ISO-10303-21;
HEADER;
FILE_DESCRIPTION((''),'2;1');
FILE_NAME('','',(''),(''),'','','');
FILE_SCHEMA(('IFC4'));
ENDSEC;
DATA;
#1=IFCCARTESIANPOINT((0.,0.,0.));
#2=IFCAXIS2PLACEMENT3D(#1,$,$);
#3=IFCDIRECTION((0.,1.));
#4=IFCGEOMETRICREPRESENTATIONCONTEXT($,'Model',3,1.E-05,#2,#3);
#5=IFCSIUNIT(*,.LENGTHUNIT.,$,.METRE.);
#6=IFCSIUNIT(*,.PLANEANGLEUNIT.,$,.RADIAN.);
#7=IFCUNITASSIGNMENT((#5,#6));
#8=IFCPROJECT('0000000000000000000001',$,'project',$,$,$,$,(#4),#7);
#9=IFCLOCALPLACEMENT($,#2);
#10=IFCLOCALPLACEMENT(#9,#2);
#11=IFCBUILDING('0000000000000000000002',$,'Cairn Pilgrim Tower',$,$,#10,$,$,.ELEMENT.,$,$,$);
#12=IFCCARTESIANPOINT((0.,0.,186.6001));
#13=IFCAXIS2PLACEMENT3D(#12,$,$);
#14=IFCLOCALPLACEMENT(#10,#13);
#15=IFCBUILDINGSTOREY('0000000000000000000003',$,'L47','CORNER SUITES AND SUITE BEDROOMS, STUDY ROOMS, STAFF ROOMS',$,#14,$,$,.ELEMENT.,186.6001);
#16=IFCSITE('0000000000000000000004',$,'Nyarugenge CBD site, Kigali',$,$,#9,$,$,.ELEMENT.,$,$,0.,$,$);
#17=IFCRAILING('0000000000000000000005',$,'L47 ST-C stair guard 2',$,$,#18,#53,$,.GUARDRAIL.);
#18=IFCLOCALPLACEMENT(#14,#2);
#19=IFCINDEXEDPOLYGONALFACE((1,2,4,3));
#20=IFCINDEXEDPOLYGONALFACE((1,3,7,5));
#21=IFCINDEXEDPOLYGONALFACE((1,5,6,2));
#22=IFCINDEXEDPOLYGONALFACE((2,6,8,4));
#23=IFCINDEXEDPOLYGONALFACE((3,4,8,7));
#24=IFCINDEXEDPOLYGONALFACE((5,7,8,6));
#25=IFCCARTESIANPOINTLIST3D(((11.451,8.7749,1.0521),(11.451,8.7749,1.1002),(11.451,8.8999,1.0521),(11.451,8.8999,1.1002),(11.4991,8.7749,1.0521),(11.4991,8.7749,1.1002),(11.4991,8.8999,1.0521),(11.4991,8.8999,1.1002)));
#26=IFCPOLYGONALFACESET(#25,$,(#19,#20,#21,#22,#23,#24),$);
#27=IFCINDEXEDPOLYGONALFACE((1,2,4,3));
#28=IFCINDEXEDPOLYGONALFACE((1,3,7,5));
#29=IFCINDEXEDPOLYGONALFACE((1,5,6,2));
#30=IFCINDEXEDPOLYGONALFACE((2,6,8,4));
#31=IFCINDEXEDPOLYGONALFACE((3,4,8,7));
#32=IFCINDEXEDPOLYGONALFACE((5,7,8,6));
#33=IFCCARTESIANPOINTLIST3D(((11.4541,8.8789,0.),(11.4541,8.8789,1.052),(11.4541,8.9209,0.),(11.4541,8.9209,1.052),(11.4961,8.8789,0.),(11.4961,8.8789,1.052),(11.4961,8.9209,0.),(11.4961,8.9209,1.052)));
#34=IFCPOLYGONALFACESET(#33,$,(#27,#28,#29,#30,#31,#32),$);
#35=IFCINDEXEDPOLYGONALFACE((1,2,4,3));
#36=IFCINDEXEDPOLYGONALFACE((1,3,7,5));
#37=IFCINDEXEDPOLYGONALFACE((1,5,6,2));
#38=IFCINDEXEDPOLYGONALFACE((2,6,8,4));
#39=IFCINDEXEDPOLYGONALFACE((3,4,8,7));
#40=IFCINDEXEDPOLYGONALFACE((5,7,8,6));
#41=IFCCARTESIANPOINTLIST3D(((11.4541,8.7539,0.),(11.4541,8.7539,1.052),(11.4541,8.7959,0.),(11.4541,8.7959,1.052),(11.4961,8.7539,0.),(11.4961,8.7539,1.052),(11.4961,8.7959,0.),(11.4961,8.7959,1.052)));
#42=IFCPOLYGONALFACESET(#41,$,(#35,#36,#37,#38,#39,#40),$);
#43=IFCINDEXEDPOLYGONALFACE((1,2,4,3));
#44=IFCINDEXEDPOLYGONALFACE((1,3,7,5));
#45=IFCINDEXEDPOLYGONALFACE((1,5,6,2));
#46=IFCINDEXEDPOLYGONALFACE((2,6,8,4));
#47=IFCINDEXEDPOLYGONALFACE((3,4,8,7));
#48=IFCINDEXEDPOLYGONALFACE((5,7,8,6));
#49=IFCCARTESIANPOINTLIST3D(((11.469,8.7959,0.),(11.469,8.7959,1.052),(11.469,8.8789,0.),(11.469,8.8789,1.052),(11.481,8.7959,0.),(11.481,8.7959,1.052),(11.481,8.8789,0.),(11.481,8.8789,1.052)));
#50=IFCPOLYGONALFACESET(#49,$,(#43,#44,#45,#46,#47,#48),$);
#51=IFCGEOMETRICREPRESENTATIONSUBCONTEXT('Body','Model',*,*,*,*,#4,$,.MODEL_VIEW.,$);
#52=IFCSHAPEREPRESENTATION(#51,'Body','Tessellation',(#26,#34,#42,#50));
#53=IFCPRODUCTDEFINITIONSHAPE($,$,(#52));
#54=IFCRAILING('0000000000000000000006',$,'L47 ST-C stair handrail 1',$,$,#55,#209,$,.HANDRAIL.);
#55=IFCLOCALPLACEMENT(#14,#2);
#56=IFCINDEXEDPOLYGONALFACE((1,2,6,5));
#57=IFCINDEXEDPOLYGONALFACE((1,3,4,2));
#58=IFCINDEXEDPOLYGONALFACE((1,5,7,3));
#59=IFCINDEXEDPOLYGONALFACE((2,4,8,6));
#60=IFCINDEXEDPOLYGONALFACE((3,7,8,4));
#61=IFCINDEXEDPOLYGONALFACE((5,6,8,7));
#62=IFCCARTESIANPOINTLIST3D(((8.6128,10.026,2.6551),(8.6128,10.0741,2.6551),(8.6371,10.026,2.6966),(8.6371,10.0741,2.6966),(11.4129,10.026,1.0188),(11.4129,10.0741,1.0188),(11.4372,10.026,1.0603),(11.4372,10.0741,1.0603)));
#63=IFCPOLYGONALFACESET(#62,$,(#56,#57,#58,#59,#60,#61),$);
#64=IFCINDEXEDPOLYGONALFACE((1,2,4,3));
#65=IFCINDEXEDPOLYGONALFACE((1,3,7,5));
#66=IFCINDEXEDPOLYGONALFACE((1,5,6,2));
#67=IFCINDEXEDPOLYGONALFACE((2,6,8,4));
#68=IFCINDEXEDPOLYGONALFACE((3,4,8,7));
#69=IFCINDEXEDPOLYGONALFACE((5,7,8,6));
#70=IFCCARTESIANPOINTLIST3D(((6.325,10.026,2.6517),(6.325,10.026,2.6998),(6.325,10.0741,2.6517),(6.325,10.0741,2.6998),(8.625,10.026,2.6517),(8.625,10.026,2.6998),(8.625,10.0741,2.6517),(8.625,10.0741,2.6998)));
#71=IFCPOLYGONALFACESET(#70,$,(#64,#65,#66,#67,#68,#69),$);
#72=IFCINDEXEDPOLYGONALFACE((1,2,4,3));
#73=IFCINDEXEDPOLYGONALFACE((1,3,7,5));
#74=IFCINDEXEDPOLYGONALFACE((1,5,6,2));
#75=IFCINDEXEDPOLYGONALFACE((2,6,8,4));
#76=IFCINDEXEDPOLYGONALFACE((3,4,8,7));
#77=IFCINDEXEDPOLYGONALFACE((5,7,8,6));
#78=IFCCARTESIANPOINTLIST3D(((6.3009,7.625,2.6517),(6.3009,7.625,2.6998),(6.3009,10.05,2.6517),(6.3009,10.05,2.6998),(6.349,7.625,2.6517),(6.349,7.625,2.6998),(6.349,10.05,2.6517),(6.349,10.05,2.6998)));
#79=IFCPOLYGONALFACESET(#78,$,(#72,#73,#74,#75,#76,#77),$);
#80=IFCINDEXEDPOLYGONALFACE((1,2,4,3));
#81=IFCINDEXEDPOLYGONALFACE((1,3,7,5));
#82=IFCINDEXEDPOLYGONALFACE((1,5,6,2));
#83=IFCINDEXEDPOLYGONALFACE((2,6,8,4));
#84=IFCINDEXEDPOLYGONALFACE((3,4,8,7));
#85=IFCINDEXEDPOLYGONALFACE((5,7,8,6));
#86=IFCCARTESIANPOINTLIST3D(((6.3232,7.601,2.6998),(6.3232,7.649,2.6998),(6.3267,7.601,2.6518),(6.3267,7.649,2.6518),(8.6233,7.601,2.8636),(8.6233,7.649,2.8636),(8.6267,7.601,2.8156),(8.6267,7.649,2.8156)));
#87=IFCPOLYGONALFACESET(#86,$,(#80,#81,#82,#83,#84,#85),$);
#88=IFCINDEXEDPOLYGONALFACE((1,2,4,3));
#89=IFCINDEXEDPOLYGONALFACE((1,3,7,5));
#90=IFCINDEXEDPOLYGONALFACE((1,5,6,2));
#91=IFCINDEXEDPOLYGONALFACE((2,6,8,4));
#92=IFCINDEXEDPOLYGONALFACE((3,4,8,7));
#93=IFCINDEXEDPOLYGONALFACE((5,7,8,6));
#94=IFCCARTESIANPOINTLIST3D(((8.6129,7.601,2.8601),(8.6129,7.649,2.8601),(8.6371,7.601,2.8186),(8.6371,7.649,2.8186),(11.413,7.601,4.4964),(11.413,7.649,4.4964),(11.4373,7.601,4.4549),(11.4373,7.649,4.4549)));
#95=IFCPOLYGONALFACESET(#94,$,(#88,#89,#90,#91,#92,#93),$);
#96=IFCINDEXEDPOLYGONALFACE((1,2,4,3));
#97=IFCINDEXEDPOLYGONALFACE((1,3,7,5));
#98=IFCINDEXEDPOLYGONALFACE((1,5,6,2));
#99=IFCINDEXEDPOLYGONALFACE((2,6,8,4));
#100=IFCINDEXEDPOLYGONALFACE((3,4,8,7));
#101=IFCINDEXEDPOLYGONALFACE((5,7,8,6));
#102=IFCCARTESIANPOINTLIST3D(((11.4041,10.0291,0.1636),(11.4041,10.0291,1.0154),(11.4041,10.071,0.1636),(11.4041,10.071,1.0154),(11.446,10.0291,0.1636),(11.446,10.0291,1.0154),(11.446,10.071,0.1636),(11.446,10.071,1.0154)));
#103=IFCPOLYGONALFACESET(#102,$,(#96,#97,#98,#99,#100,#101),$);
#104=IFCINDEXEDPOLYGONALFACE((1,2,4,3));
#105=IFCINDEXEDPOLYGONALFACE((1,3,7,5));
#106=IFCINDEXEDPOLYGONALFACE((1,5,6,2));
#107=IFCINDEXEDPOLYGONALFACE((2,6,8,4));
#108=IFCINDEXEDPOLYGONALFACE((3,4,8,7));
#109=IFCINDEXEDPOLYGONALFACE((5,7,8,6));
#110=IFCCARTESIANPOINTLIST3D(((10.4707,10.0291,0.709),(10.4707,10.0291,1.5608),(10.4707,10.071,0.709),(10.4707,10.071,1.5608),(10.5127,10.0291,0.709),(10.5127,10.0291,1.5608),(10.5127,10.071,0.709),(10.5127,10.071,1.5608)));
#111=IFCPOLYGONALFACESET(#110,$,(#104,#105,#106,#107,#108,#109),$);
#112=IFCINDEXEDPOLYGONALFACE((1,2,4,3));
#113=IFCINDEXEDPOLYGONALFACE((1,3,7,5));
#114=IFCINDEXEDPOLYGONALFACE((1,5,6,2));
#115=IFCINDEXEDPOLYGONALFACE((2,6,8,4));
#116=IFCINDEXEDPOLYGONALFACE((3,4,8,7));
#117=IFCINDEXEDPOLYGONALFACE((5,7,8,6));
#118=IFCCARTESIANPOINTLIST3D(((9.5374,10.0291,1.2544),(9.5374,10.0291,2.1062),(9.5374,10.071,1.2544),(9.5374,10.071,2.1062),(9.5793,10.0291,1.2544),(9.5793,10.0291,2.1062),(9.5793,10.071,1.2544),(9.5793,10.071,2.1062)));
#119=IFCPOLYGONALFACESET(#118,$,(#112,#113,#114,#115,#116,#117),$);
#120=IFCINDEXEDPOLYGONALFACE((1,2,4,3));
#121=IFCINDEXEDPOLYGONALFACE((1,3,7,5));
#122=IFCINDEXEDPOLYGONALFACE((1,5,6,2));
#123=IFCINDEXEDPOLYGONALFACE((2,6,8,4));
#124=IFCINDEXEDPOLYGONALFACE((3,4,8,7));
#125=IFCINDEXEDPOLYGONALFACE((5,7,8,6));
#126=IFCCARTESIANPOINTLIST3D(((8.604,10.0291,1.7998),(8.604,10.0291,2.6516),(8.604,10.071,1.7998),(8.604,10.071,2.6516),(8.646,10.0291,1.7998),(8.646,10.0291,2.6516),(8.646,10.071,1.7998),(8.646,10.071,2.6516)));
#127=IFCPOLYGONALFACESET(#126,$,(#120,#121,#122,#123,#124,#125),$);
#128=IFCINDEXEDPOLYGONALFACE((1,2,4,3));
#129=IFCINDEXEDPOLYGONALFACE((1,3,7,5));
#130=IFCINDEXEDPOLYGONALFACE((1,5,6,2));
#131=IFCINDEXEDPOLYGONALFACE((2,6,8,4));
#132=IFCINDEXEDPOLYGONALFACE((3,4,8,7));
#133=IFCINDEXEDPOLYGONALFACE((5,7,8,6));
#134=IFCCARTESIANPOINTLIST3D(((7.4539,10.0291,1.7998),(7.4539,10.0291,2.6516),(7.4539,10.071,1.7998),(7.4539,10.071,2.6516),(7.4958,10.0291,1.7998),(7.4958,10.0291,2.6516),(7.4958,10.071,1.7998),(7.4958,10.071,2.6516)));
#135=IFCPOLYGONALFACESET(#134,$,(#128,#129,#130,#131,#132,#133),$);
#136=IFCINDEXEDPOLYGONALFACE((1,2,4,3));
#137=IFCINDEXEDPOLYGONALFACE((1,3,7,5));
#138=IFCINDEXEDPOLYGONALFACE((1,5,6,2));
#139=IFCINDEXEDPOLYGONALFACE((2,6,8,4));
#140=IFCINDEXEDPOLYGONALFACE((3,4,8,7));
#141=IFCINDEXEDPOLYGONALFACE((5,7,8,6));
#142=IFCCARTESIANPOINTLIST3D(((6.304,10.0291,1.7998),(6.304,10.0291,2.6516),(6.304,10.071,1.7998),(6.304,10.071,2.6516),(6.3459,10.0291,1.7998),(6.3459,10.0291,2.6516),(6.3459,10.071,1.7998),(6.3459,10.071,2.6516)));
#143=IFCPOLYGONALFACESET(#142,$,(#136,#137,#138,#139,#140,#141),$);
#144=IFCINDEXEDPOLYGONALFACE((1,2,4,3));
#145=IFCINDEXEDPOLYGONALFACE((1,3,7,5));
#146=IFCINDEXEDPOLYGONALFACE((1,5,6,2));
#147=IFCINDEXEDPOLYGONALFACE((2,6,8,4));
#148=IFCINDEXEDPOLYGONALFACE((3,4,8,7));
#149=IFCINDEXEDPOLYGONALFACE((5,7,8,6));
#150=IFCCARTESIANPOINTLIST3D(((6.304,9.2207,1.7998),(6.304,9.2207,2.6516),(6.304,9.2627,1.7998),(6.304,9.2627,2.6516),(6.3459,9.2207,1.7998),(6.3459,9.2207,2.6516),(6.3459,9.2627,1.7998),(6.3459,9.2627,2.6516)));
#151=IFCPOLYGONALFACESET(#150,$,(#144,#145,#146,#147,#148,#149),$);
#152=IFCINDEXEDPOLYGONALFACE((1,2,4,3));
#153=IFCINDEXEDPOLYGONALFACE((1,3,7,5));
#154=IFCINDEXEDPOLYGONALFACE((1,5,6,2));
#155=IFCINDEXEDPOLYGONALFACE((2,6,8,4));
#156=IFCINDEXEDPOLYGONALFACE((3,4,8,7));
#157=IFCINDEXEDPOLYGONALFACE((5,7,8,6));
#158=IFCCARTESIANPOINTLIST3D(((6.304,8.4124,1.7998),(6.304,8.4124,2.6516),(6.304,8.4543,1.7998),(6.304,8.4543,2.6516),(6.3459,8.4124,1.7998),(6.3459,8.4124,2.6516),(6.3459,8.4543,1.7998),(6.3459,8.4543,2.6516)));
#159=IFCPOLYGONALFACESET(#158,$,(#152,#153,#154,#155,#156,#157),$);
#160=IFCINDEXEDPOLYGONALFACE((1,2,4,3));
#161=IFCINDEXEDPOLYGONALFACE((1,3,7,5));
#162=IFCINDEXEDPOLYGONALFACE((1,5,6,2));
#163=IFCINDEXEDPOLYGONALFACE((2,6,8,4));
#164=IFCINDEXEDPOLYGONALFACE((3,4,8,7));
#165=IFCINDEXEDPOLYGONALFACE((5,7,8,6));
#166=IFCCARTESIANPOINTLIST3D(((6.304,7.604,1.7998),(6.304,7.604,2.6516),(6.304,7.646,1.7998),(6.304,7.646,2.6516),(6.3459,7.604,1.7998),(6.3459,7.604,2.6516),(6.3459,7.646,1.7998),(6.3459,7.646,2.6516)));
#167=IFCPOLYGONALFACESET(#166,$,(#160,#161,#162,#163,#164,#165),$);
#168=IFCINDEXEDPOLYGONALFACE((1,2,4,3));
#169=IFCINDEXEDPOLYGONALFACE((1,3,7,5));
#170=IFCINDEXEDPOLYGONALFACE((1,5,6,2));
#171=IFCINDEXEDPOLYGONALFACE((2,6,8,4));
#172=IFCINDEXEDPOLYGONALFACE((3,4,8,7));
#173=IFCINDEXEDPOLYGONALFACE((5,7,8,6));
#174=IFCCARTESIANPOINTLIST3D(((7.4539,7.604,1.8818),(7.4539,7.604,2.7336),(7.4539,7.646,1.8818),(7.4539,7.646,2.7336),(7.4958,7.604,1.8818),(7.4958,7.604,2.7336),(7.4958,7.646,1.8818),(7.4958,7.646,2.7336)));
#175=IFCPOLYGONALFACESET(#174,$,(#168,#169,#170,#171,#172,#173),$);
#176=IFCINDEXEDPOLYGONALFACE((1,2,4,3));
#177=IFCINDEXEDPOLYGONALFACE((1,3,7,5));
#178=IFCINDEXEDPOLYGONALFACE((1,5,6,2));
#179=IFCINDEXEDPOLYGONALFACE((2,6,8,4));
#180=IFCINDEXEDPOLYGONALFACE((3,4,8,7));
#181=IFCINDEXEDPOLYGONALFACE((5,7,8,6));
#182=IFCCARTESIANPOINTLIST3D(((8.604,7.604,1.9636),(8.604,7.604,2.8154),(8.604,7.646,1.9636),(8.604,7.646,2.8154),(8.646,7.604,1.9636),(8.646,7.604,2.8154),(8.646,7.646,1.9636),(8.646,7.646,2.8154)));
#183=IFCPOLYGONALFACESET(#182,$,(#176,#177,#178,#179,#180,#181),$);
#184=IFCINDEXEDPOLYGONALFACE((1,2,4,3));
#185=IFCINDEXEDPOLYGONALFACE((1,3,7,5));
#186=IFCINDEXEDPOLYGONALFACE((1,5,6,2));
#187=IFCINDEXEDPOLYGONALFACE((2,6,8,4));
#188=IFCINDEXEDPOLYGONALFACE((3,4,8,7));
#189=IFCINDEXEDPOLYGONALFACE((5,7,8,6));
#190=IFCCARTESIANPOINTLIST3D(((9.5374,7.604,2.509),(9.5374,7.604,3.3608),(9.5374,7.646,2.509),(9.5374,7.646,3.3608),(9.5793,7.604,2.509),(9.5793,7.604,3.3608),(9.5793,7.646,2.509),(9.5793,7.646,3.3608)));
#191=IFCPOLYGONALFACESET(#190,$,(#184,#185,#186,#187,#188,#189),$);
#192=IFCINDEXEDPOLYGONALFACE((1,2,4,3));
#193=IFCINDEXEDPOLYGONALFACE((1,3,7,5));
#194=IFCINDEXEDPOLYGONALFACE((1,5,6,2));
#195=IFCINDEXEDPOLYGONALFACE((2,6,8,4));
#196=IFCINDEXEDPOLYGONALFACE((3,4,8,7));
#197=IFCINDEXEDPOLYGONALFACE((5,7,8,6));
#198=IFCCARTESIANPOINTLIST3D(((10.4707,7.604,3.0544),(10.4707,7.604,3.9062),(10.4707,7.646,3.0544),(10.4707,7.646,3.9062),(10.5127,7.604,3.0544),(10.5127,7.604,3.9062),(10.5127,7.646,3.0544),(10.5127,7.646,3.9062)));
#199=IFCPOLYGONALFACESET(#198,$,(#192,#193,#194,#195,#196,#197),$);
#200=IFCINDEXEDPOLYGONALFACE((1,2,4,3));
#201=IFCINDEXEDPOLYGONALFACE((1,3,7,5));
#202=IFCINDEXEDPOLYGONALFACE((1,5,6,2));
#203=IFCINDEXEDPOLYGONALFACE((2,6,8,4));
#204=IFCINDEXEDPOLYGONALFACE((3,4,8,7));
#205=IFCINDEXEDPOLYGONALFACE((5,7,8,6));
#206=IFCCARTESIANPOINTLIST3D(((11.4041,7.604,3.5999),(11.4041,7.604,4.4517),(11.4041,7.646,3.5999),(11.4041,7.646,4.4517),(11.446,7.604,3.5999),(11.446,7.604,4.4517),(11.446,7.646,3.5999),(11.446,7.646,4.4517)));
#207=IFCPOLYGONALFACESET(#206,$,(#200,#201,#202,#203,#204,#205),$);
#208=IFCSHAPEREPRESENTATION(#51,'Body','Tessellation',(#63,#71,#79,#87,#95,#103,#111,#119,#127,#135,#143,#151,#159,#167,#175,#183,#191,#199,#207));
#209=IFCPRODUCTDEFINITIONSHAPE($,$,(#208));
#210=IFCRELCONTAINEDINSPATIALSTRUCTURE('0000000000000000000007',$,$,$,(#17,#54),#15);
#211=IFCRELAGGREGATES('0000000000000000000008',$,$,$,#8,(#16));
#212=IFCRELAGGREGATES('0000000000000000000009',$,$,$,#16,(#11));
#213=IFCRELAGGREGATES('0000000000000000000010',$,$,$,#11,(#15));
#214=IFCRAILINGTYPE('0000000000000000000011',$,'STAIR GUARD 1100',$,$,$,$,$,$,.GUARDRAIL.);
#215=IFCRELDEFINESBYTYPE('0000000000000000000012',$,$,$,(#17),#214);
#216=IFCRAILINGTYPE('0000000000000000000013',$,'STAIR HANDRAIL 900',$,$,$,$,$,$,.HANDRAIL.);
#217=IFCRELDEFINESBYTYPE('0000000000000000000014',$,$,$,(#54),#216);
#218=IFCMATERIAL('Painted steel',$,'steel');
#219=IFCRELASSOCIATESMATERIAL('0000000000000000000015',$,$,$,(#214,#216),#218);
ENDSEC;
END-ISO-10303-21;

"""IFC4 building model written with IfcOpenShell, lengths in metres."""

from ifc_helpers import new_model, si_unit, direction, frame, origin, origin_2d, place, context, subcontext, project, spatial, polyline, rectangle, outline, extrude, material, type_object, element, save


model = new_model("IFC4")

# Units and contexts
model_context = context("Model", 3, precision=1e-05, world=origin(), true_north=direction((0.0, 1.0)))
body_context = subcontext(model_context, "Body", "Model", "MODEL_VIEW")
ifc_project = project(units=[si_unit("LENGTHUNIT", "METRE"), si_unit("PLANEANGLEUNIT", "RADIAN")], contexts=[model_context])

# Site, building, storey
site_placement = place(None, origin())
site = spatial("IfcSite", under=ifc_project, at=site_placement, Name="Nyarugenge CBD site, Kigali", CompositionType="ELEMENT", RefElevation=0.0)
building_placement = place(site_placement, origin())
building = spatial("IfcBuilding", under=site, at=building_placement, Name="Cairn Pilgrim Tower", CompositionType="ELEMENT")
storey_placement = place(building_placement, frame((0.0, 0.0, 186.6001)))
storey = spatial("IfcBuildingStorey", under=building, at=storey_placement, Name="L47", Description="CORNER SUITES AND SUITE BEDROOMS, STUDY ROOMS, STAFF ROOMS", CompositionType="ELEMENT", Elevation=186.6001)

# Shared definitions
ifc_material_1 = material(Name="Painted steel", Category="steel")

# Railings
railing_type_1 = type_object("IfcRailingType", Name="STAIR GUARD 1100", PredefinedType="GUARDRAIL", material=ifc_material_1)
railing_1_placement = place(storey_placement, frame((11.4751, 8.8999, 0.0)))
element("IfcRailing", 1, at=railing_1_placement, inside=storey, type_object=railing_type_1, Name="L47 ST-C stair guard 2", PredefinedType="GUARDRAIL", context=body_context, shape_type="SweptSolid", body=[
    extrude(rectangle(XDim=0.0481, YDim=0.0481, at=origin_2d()), frame((0.0, 0.0, 1.0762), z_axis=(0.0, -1.0, 0.0), x_axis=(1.0, 0.0, 0.0)), (0.0, 0.0, 1.0), 0.125),
    extrude(rectangle(XDim=0.042, YDim=0.042, at=origin_2d()), origin(), (0.0, 0.0, 1.0), 1.052),
    extrude(rectangle(XDim=0.042, YDim=0.042, at=origin_2d()), frame((0.0, -0.125, 0.0)), (0.0, 0.0, 1.0), 1.052),
    extrude(outline(polyline([(0.021, 0.0), (0.104, 0.0), (0.104, 1.052), (0.021, 1.052), (0.021, 0.0)])), frame((0.0059, 0.0, 0.0), z_axis=(-1.0, 0.0, 0.0), x_axis=(0.0, -1.0, 0.0)), (0.0, 0.0, 1.0), 0.012),
])
railing_type_2 = type_object("IfcRailingType", Name="STAIR HANDRAIL 900", PredefinedType="HANDRAIL", material=ifc_material_1)
railing_2_placement = place(storey_placement, frame((11.425, 10.05, 0.1636)))
element("IfcRailing", 2, at=railing_2_placement, inside=storey, type_object=railing_type_2, Name="L47 ST-C stair handrail 1", PredefinedType="HANDRAIL", context=body_context, shape_type="SweptSolid", body=[
    extrude(rectangle(XDim=0.0481, YDim=0.0481, at=origin_2d()), frame((0.0, 0.0, 0.876), z_axis=(-0.863394, 0.0, 0.504531), x_axis=(0.0, -1.0, 0.0)), (0.0, 0.0, 1.0), 3.2432),
    extrude(rectangle(XDim=0.0481, YDim=0.0481, at=origin_2d()), frame((-2.8, 0.0, 2.5122), z_axis=(-1.0, 0.0, 0.0), x_axis=(0.0, -1.0, 0.0)), (0.0, 0.0, 1.0), 2.3),
    extrude(rectangle(XDim=0.0481, YDim=0.0481, at=origin_2d()), frame((-5.1001, 0.0, 2.5122), z_axis=(0.0, -1.0, 0.0), x_axis=(1.0, 0.0, 0.0)), (0.0, 0.0, 1.0), 2.425),
    extrude(rectangle(XDim=0.0481, YDim=0.0481, at=origin_2d()), frame((-5.1001, -2.425, 2.5122), z_axis=(0.997473, 0.0, 0.071044), x_axis=(0.0, 1.0, 0.0)), (0.0, 0.0, 1.0), 2.3059),
    extrude(rectangle(XDim=0.0481, YDim=0.0481, at=origin_2d()), frame((-2.8, -2.425, 2.6758), z_axis=(0.863394, 0.0, 0.504531), x_axis=(0.0, 1.0, 0.0)), (0.0, 0.0, 1.0), 3.2432),
    extrude(rectangle(XDim=0.042, YDim=0.042, at=origin_2d()), origin(), (0.0, 0.0, 1.0), 0.8518),
    extrude(rectangle(XDim=0.042, YDim=0.042, at=origin_2d()), frame((-0.9333, 0.0, 0.5454)), (0.0, 0.0, 1.0), 0.8518),
    extrude(rectangle(XDim=0.042, YDim=0.042, at=origin_2d()), frame((-1.8667, 0.0, 1.0908)), (0.0, 0.0, 1.0), 0.8518),
    extrude(rectangle(XDim=0.042, YDim=0.042, at=origin_2d()), frame((-2.8, 0.0, 1.6362)), (0.0, 0.0, 1.0), 0.8518),
    extrude(rectangle(XDim=0.042, YDim=0.042, at=origin_2d()), frame((-3.9502, 0.0, 1.6362)), (0.0, 0.0, 1.0), 0.8518),
    extrude(rectangle(XDim=0.042, YDim=0.042, at=origin_2d()), frame((-5.1001, 0.0, 1.6362)), (0.0, 0.0, 1.0), 0.8518),
    extrude(rectangle(XDim=0.042, YDim=0.042, at=origin_2d()), frame((-5.1001, -0.8083, 1.6362)), (0.0, 0.0, 1.0), 0.8518),
    extrude(rectangle(XDim=0.042, YDim=0.042, at=origin_2d()), frame((-5.1001, -1.6167, 1.6362)), (0.0, 0.0, 1.0), 0.8518),
    extrude(rectangle(XDim=0.042, YDim=0.042, at=origin_2d()), frame((-5.1001, -2.425, 1.6362)), (0.0, 0.0, 1.0), 0.8518),
    extrude(rectangle(XDim=0.042, YDim=0.042, at=origin_2d()), frame((-3.9502, -2.425, 1.7183)), (0.0, 0.0, 1.0), 0.8518),
    extrude(rectangle(XDim=0.042, YDim=0.042, at=origin_2d()), frame((-2.8, -2.425, 1.8)), (0.0, 0.0, 1.0), 0.8518),
    extrude(rectangle(XDim=0.042, YDim=0.042, at=origin_2d()), frame((-1.8667, -2.425, 2.3455)), (0.0, 0.0, 1.0), 0.8518),
    extrude(rectangle(XDim=0.042, YDim=0.042, at=origin_2d()), frame((-0.9333, -2.425, 2.8909)), (0.0, 0.0, 1.0), 0.8518),
    extrude(rectangle(XDim=0.042, YDim=0.042, at=origin_2d()), frame((0.0, -2.425, 3.4363)), (0.0, 0.0, 1.0), 0.8518),
])

save(model, "model.ifc")
